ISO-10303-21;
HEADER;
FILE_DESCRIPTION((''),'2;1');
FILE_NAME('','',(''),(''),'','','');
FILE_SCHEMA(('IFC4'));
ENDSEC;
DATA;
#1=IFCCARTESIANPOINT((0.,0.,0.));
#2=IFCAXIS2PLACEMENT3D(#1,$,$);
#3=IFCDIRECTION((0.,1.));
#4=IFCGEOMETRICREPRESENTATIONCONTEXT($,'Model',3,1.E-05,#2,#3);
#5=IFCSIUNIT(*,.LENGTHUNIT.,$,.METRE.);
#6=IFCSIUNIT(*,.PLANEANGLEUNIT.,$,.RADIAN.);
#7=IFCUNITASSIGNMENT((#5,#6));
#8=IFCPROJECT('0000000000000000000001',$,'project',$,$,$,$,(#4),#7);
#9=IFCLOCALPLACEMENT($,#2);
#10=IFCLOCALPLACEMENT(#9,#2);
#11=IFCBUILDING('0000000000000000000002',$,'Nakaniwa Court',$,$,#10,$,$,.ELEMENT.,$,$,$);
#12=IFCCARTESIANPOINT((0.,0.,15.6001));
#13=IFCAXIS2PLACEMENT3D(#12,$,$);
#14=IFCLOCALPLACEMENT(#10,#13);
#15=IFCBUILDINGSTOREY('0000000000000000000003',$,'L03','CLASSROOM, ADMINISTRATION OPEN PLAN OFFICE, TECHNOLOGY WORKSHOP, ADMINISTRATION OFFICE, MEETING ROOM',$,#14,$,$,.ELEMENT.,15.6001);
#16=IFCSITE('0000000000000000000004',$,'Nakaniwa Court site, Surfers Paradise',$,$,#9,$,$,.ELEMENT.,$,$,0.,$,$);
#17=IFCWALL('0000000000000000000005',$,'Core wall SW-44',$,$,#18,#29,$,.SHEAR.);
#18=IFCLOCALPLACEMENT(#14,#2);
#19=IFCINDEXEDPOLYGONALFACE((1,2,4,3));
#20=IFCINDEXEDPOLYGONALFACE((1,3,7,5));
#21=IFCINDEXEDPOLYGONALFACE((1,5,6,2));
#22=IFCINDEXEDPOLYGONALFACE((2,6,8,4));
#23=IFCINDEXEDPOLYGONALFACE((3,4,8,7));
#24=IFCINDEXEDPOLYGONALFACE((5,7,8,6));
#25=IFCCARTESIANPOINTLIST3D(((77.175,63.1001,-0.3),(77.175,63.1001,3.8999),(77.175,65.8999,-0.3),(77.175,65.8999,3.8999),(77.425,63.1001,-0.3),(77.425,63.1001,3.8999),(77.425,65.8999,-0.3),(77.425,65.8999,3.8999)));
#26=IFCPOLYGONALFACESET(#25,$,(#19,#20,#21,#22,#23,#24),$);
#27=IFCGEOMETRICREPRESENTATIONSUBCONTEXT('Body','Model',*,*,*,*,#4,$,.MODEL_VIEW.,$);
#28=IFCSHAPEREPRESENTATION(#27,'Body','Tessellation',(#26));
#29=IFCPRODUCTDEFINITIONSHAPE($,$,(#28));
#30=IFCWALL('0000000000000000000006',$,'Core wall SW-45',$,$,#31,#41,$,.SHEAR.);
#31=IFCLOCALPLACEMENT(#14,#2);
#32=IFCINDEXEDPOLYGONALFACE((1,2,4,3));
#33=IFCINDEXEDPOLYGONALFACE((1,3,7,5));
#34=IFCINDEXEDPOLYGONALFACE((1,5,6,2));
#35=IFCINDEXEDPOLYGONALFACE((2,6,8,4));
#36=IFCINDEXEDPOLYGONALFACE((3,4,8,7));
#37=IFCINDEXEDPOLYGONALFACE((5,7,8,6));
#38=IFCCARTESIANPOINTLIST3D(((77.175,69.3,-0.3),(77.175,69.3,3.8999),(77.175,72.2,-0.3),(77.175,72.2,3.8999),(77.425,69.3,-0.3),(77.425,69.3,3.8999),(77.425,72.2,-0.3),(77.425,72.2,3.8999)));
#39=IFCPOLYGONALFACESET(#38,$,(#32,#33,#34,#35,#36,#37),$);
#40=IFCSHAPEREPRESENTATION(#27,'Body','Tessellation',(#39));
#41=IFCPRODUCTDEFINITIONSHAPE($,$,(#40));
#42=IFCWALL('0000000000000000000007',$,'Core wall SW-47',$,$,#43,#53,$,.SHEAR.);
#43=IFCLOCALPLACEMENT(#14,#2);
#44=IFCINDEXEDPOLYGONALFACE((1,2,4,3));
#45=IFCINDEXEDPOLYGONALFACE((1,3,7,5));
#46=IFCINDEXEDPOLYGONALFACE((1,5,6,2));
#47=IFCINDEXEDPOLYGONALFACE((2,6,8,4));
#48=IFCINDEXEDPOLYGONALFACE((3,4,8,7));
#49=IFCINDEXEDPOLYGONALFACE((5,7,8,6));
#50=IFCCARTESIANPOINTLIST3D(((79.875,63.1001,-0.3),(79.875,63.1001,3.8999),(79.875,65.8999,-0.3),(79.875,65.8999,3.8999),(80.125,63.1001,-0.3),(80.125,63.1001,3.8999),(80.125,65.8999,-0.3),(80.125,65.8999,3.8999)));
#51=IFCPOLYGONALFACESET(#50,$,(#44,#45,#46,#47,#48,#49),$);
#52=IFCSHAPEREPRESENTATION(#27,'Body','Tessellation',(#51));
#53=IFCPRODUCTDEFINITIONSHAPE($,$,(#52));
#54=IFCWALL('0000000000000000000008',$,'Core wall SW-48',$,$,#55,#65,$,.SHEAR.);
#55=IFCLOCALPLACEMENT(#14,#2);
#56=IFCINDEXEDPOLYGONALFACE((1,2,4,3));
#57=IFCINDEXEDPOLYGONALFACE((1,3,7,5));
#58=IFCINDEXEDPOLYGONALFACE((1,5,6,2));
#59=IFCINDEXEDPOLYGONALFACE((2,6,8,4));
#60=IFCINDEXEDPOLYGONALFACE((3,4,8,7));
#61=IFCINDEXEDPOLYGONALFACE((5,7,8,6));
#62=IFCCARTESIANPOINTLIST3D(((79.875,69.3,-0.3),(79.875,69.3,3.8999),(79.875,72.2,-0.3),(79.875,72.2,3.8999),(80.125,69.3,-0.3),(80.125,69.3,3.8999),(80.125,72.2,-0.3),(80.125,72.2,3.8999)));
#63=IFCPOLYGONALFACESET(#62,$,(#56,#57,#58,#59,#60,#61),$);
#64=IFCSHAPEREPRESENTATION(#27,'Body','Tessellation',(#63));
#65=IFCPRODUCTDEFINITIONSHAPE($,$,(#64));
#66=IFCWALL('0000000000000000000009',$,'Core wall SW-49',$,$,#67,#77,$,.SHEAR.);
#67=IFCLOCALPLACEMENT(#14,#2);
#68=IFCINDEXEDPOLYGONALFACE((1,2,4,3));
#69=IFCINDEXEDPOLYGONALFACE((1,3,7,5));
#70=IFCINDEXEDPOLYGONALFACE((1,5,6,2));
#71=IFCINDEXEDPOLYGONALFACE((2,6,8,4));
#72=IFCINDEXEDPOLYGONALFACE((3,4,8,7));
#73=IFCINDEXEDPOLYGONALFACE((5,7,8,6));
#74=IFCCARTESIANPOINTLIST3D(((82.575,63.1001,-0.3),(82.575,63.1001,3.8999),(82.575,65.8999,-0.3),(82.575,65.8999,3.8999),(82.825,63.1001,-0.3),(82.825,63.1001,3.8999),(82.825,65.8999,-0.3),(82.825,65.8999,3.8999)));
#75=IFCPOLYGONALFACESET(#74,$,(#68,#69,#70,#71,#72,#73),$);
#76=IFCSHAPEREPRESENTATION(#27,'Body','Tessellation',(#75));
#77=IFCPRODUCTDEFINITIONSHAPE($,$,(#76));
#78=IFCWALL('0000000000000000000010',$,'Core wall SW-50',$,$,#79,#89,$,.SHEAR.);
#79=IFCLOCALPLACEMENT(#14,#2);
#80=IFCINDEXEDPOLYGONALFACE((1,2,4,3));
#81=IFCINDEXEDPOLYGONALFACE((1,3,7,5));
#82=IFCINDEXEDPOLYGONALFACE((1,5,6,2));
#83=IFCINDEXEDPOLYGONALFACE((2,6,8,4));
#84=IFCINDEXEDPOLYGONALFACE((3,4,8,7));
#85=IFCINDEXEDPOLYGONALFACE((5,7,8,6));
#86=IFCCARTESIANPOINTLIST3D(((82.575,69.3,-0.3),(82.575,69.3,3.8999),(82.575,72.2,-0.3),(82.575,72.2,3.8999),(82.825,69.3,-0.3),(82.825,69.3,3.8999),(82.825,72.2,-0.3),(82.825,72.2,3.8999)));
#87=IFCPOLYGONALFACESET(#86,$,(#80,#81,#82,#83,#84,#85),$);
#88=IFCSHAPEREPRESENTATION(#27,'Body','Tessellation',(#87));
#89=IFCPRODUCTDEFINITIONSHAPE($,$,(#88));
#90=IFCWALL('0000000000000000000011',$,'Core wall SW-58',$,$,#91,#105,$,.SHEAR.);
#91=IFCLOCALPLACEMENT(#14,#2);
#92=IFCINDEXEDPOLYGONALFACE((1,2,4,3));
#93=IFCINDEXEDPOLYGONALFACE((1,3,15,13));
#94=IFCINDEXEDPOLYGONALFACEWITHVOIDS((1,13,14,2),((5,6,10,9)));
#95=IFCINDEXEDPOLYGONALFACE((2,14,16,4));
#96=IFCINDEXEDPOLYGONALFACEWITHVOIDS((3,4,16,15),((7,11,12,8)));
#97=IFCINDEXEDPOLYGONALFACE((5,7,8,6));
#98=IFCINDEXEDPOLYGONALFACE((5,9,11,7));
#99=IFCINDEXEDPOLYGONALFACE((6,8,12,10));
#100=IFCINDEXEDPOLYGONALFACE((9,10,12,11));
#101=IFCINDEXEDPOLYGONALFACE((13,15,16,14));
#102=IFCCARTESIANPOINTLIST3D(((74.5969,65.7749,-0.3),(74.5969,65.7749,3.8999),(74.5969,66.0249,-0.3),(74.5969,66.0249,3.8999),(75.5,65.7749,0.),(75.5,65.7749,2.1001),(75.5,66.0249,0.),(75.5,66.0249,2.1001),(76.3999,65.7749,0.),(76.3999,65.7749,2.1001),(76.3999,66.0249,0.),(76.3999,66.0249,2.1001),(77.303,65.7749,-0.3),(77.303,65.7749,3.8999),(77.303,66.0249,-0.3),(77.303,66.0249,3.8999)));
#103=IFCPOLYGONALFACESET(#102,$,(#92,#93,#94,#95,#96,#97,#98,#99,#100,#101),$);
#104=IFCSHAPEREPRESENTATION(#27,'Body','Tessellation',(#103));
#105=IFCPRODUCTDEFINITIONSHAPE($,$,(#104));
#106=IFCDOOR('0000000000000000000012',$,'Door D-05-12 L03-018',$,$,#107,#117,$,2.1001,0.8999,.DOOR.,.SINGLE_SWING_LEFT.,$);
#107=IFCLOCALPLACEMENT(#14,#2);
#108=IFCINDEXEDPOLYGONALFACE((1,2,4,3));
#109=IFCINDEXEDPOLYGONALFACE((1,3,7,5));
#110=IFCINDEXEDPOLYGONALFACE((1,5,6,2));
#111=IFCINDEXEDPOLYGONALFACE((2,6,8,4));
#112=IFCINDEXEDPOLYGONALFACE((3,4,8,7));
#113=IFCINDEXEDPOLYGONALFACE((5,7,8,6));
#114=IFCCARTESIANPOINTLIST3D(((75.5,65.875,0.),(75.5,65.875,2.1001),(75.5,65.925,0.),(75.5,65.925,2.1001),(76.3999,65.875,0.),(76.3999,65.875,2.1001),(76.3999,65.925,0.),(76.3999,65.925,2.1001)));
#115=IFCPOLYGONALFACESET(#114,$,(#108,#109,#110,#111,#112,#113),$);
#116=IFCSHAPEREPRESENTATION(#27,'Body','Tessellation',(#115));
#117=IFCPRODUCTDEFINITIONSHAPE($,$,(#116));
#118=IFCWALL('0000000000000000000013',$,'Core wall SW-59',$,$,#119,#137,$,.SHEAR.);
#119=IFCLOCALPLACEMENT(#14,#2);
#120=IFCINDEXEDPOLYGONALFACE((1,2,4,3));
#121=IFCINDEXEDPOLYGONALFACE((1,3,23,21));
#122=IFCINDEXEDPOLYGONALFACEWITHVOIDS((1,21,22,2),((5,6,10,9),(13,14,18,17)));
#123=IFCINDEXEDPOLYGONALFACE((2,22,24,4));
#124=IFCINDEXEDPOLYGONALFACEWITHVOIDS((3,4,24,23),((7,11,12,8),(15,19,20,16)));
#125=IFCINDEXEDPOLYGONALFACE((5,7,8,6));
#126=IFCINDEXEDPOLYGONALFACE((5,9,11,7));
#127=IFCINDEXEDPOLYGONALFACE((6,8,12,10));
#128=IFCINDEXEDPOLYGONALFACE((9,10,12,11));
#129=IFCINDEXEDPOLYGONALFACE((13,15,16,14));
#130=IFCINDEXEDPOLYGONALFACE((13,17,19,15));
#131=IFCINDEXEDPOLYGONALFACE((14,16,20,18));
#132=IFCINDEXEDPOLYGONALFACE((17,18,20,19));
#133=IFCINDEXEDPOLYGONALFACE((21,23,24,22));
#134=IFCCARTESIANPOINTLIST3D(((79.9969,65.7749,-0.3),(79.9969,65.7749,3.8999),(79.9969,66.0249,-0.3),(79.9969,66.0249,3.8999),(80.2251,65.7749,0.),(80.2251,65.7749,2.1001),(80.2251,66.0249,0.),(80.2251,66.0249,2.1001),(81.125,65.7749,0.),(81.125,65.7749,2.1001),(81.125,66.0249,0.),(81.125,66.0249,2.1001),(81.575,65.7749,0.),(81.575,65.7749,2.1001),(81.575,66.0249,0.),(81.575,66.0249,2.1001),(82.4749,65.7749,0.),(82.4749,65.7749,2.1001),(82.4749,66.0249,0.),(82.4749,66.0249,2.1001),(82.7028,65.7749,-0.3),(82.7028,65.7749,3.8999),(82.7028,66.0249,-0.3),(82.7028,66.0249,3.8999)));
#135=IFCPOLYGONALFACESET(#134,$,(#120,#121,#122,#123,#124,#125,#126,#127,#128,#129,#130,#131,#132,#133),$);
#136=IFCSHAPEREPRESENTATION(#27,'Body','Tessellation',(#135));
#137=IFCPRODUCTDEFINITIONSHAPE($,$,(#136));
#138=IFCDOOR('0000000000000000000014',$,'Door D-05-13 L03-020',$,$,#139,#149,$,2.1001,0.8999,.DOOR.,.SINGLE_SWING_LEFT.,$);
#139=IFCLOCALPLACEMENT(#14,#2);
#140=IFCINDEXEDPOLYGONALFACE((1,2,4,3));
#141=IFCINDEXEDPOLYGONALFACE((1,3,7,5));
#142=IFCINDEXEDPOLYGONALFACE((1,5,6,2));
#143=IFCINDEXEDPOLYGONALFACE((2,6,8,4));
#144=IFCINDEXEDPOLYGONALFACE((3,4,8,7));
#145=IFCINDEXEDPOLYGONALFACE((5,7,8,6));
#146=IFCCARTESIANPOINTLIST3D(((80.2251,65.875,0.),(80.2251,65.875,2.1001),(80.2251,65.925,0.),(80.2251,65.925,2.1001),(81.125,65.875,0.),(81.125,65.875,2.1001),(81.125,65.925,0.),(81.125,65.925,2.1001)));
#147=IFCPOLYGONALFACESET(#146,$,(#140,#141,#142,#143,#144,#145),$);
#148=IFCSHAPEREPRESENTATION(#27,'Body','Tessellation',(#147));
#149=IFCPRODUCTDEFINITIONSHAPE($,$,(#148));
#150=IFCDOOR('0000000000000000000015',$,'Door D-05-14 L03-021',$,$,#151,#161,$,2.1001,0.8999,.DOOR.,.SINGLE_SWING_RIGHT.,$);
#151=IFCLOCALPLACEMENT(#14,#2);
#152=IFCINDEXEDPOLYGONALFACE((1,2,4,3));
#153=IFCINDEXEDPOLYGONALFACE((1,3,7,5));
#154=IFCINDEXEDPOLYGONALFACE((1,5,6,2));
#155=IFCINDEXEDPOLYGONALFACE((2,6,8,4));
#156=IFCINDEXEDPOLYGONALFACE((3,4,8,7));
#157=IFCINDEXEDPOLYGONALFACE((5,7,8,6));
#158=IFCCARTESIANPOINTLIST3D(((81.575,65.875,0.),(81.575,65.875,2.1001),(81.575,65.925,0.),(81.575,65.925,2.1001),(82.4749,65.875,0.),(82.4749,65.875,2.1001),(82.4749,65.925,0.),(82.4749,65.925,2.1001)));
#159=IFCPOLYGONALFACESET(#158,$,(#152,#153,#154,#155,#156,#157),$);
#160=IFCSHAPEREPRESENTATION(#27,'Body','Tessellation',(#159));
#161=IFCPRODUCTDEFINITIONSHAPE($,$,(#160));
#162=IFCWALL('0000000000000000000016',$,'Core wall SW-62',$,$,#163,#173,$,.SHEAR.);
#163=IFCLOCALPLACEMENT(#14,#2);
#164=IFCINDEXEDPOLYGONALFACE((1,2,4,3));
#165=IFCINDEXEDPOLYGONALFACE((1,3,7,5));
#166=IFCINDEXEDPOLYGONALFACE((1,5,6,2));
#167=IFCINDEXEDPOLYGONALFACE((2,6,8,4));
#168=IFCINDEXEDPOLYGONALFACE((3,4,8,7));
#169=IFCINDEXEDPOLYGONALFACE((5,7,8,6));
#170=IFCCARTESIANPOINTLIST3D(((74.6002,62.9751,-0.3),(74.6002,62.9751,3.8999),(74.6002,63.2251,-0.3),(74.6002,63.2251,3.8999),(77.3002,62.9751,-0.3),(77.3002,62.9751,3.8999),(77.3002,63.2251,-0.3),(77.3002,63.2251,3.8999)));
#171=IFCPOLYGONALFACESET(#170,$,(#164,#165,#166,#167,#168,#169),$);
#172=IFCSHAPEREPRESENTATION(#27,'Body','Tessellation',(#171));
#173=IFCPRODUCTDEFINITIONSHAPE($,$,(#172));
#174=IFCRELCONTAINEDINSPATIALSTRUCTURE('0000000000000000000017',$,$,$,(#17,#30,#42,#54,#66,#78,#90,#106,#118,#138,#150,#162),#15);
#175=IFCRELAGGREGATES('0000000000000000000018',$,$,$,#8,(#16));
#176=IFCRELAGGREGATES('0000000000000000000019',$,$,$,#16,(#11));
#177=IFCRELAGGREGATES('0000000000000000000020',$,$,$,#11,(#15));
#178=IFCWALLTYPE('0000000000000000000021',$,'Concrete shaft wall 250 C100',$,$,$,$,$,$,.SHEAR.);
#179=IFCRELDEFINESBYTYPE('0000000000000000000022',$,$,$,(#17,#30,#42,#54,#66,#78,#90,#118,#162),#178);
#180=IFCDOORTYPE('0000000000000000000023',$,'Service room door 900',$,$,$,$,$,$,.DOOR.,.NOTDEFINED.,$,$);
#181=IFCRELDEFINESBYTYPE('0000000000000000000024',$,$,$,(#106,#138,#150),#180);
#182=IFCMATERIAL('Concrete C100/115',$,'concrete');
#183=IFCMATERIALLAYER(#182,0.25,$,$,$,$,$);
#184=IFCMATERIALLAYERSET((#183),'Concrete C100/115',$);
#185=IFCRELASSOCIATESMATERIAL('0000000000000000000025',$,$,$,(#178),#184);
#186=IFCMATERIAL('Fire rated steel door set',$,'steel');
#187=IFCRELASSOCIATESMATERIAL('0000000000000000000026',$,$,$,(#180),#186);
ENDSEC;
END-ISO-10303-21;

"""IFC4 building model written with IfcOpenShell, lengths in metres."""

from ifc_helpers import new_model, si_unit, direction, frame, frame_2d, origin, place, context, subcontext, project, spatial, rectangle, extrude, material, layer, layer_set, type_object, element, fill, save


model = new_model("IFC4")

# Units and contexts
model_context = context("Model", 3, precision=1e-05, world=origin(), true_north=direction((0.0, 1.0)))
body_context = subcontext(model_context, "Body", "Model", "MODEL_VIEW")
ifc_project = project(units=[si_unit("LENGTHUNIT", "METRE"), si_unit("PLANEANGLEUNIT", "RADIAN")], contexts=[model_context])

# Site, building, storey
site_placement = place(None, origin())
site = spatial("IfcSite", under=ifc_project, at=site_placement, Name="Nakaniwa Court site, Surfers Paradise", CompositionType="ELEMENT", RefElevation=0.0)
building_placement = place(site_placement, origin())
building = spatial("IfcBuilding", under=site, at=building_placement, Name="Nakaniwa Court", CompositionType="ELEMENT")
storey_placement = place(building_placement, frame((0.0, 0.0, 15.6001)))
storey = spatial("IfcBuildingStorey", under=building, at=storey_placement, Name="L03", Description="CLASSROOM, ADMINISTRATION OPEN PLAN OFFICE, TECHNOLOGY WORKSHOP, ADMINISTRATION OFFICE, MEETING ROOM", CompositionType="ELEMENT", Elevation=15.6001)

# Shared definitions
ifc_material_1 = material(Name="Fire rated steel door set", Category="steel")

# Walls
ifc_material_2 = material(Name="Concrete C100/115", Category="concrete")
ifc_layer_1 = layer(ifc_material_2, 0.25)
ifc_layer_set_1 = layer_set([ifc_layer_1], Name="Concrete C100/115")
wall_type_1 = type_object("IfcWallType", Name="Concrete shaft wall 250 C100", PredefinedType="SHEAR", material=ifc_layer_set_1)
wall_1_placement = place(storey_placement, frame((77.3, 63.1001, -0.3), z_axis=(0.0, 0.0, 1.0), x_axis=(0.0, 1.0, 0.0)))
element("IfcWall", 1, at=wall_1_placement, inside=storey, type_object=wall_type_1, Name="Core wall SW-44", PredefinedType="SHEAR", context=body_context, shape_type="SweptSolid", body=[
    extrude(rectangle(XDim=2.7998, YDim=0.25, at=frame_2d((1.3999, 0.0))), origin(), (0.0, 0.0, 1.0), 4.2),
])
wall_2_placement = place(storey_placement, frame((77.3, 69.3, -0.3), z_axis=(0.0, 0.0, 1.0), x_axis=(0.0, 1.0, 0.0)))
element("IfcWall", 2, at=wall_2_placement, inside=storey, type_object=wall_type_1, Name="Core wall SW-45", PredefinedType="SHEAR", context=body_context, shape_type="SweptSolid", body=[
    extrude(rectangle(XDim=2.8999, YDim=0.25, at=frame_2d((1.45, 0.0))), origin(), (0.0, 0.0, 1.0), 4.2),
])
wall_3_placement = place(storey_placement, frame((80.0, 63.1001, -0.3), z_axis=(0.0, 0.0, 1.0), x_axis=(0.0, 1.0, 0.0)))
element("IfcWall", 3, at=wall_3_placement, inside=storey, type_object=wall_type_1, Name="Core wall SW-47", PredefinedType="SHEAR", context=body_context, shape_type="SweptSolid", body=[
    extrude(rectangle(XDim=2.7998, YDim=0.25, at=frame_2d((1.3999, 0.0))), origin(), (0.0, 0.0, 1.0), 4.2),
])
wall_4_placement = place(storey_placement, frame((80.0, 69.3, -0.3), z_axis=(0.0, 0.0, 1.0), x_axis=(0.0, 1.0, 0.0)))
element("IfcWall", 4, at=wall_4_placement, inside=storey, type_object=wall_type_1, Name="Core wall SW-48", PredefinedType="SHEAR", context=body_context, shape_type="SweptSolid", body=[
    extrude(rectangle(XDim=2.8999, YDim=0.25, at=frame_2d((1.45, 0.0))), origin(), (0.0, 0.0, 1.0), 4.2),
])
wall_5_placement = place(storey_placement, frame((82.7, 63.1001, -0.3), z_axis=(0.0, 0.0, 1.0), x_axis=(0.0, 1.0, 0.0)))
element("IfcWall", 5, at=wall_5_placement, inside=storey, type_object=wall_type_1, Name="Core wall SW-49", PredefinedType="SHEAR", context=body_context, shape_type="SweptSolid", body=[
    extrude(rectangle(XDim=2.7998, YDim=0.25, at=frame_2d((1.3999, 0.0))), origin(), (0.0, 0.0, 1.0), 4.2),
])
wall_6_placement = place(storey_placement, frame((82.7, 69.3, -0.3), z_axis=(0.0, 0.0, 1.0), x_axis=(0.0, 1.0, 0.0)))
element("IfcWall", 6, at=wall_6_placement, inside=storey, type_object=wall_type_1, Name="Core wall SW-50", PredefinedType="SHEAR", context=body_context, shape_type="SweptSolid", body=[
    extrude(rectangle(XDim=2.8999, YDim=0.25, at=frame_2d((1.45, 0.0))), origin(), (0.0, 0.0, 1.0), 4.2),
])

# Wall, opening, door
wall_7_placement = place(storey_placement, frame((77.303, 65.8999, -0.3), z_axis=(0.0, 0.0, 1.0), x_axis=(-1.0, 0.0, 0.0)))
wall_7 = element("IfcWall", 7, at=wall_7_placement, inside=storey, type_object=wall_type_1, Name="Core wall SW-58", PredefinedType="SHEAR", context=body_context, shape_type="SweptSolid", body=[
    extrude(rectangle(XDim=2.7061, YDim=0.25, at=frame_2d((1.353, 0.0))), origin(), (0.0, 0.0, 1.0), 4.2),
])
opening_1_placement = place(wall_7_placement, frame((0.9031, 0.0, 0.3)))
opening_1 = element("IfcOpeningElement", 8, at=opening_1_placement, cuts=wall_7, PredefinedType="OPENING", context=body_context, shape_type="SweptSolid", body=[
    extrude(rectangle(XDim=0.8999, YDim=2.1001, at=frame_2d((0.45, 1.05))), frame((0.0, 0.135, 0.0), z_axis=(0.0, -1.0, 0.0), x_axis=(1.0, 0.0, 0.0)), (0.0, 0.0, 1.0), 0.27),
])
door_type_1 = type_object("IfcDoorType", Name="Service room door 900", OperationType="NOTDEFINED", PredefinedType="DOOR", material=ifc_material_1)
door_1_placement = place(opening_1_placement, origin())
door_1 = element("IfcDoor", 9, at=door_1_placement, inside=storey, type_object=door_type_1, Name="Door D-05-12 L03-018", OperationType="SINGLE_SWING_LEFT", OverallHeight=2.1001, OverallWidth=0.8999, PredefinedType="DOOR", context=body_context, shape_type="SweptSolid", body=[
    extrude(rectangle(XDim=0.8999, YDim=2.1001, at=frame_2d((0.45, 1.05))), frame((0.0, 0.0249, 0.0), z_axis=(0.0, -1.0, 0.0), x_axis=(1.0, 0.0, 0.0)), (0.0, 0.0, 1.0), 0.05),
])
fill(opening_1, door_1)

# Wall, openings, doors
wall_8_placement = place(storey_placement, frame((82.7029, 65.8999, -0.3), z_axis=(0.0, 0.0, 1.0), x_axis=(-1.0, 0.0, 0.0)))
wall_8 = element("IfcWall", 10, at=wall_8_placement, inside=storey, type_object=wall_type_1, Name="Core wall SW-59", PredefinedType="SHEAR", context=body_context, shape_type="SweptSolid", body=[
    extrude(rectangle(XDim=2.7058, YDim=0.25, at=frame_2d((1.353, 0.0))), origin(), (0.0, 0.0, 1.0), 4.2),
])
opening_2_placement = place(wall_8_placement, frame((1.5779, 0.0, 0.3)))
opening_2 = element("IfcOpeningElement", 11, at=opening_2_placement, cuts=wall_8, PredefinedType="OPENING", context=body_context, shape_type="SweptSolid", body=[
    extrude(rectangle(XDim=0.8999, YDim=2.1001, at=frame_2d((0.45, 1.05))), frame((0.0, 0.135, 0.0), z_axis=(0.0, -1.0, 0.0), x_axis=(1.0, 0.0, 0.0)), (0.0, 0.0, 1.0), 0.27),
])
opening_3_placement = place(wall_8_placement, frame((0.228, 0.0, 0.3)))
opening_3 = element("IfcOpeningElement", 12, at=opening_3_placement, cuts=wall_8, PredefinedType="OPENING", context=body_context, shape_type="SweptSolid", body=[
    extrude(rectangle(XDim=0.8999, YDim=2.1001, at=frame_2d((0.45, 1.05))), frame((0.0, 0.135, 0.0), z_axis=(0.0, -1.0, 0.0), x_axis=(1.0, 0.0, 0.0)), (0.0, 0.0, 1.0), 0.27),
])
door_2_placement = place(opening_2_placement, origin())
door_2 = element("IfcDoor", 13, at=door_2_placement, inside=storey, type_object=door_type_1, Name="Door D-05-13 L03-020", OperationType="SINGLE_SWING_LEFT", OverallHeight=2.1001, OverallWidth=0.8999, PredefinedType="DOOR", context=body_context, shape_type="SweptSolid", body=[
    extrude(rectangle(XDim=0.8999, YDim=2.1001, at=frame_2d((0.45, 1.05))), frame((0.0, 0.0249, 0.0), z_axis=(0.0, -1.0, 0.0), x_axis=(1.0, 0.0, 0.0)), (0.0, 0.0, 1.0), 0.05),
])
fill(opening_2, door_2)
door_3_placement = place(opening_3_placement, origin())
door_3 = element("IfcDoor", 14, at=door_3_placement, inside=storey, type_object=door_type_1, Name="Door D-05-14 L03-021", OperationType="SINGLE_SWING_RIGHT", OverallHeight=2.1001, OverallWidth=0.8999, PredefinedType="DOOR", context=body_context, shape_type="SweptSolid", body=[
    extrude(rectangle(XDim=0.8999, YDim=2.1001, at=frame_2d((0.45, 1.05))), frame((0.0, 0.0249, 0.0), z_axis=(0.0, -1.0, 0.0), x_axis=(1.0, 0.0, 0.0)), (0.0, 0.0, 1.0), 0.05),
])
fill(opening_3, door_3)

# Wall
wall_9_placement = place(storey_placement, frame((74.6001, 63.1001, -0.3), z_axis=(0.0, 0.0, 1.0), x_axis=(1.0, 0.0, 0.0)))
element("IfcWall", 15, at=wall_9_placement, inside=storey, type_object=wall_type_1, Name="Core wall SW-62", PredefinedType="SHEAR", context=body_context, shape_type="SweptSolid", body=[
    extrude(rectangle(XDim=2.7, YDim=0.25, at=frame_2d((1.3501, 0.0))), origin(), (0.0, 0.0, 1.0), 4.2),
])

save(model, "model.ifc")
